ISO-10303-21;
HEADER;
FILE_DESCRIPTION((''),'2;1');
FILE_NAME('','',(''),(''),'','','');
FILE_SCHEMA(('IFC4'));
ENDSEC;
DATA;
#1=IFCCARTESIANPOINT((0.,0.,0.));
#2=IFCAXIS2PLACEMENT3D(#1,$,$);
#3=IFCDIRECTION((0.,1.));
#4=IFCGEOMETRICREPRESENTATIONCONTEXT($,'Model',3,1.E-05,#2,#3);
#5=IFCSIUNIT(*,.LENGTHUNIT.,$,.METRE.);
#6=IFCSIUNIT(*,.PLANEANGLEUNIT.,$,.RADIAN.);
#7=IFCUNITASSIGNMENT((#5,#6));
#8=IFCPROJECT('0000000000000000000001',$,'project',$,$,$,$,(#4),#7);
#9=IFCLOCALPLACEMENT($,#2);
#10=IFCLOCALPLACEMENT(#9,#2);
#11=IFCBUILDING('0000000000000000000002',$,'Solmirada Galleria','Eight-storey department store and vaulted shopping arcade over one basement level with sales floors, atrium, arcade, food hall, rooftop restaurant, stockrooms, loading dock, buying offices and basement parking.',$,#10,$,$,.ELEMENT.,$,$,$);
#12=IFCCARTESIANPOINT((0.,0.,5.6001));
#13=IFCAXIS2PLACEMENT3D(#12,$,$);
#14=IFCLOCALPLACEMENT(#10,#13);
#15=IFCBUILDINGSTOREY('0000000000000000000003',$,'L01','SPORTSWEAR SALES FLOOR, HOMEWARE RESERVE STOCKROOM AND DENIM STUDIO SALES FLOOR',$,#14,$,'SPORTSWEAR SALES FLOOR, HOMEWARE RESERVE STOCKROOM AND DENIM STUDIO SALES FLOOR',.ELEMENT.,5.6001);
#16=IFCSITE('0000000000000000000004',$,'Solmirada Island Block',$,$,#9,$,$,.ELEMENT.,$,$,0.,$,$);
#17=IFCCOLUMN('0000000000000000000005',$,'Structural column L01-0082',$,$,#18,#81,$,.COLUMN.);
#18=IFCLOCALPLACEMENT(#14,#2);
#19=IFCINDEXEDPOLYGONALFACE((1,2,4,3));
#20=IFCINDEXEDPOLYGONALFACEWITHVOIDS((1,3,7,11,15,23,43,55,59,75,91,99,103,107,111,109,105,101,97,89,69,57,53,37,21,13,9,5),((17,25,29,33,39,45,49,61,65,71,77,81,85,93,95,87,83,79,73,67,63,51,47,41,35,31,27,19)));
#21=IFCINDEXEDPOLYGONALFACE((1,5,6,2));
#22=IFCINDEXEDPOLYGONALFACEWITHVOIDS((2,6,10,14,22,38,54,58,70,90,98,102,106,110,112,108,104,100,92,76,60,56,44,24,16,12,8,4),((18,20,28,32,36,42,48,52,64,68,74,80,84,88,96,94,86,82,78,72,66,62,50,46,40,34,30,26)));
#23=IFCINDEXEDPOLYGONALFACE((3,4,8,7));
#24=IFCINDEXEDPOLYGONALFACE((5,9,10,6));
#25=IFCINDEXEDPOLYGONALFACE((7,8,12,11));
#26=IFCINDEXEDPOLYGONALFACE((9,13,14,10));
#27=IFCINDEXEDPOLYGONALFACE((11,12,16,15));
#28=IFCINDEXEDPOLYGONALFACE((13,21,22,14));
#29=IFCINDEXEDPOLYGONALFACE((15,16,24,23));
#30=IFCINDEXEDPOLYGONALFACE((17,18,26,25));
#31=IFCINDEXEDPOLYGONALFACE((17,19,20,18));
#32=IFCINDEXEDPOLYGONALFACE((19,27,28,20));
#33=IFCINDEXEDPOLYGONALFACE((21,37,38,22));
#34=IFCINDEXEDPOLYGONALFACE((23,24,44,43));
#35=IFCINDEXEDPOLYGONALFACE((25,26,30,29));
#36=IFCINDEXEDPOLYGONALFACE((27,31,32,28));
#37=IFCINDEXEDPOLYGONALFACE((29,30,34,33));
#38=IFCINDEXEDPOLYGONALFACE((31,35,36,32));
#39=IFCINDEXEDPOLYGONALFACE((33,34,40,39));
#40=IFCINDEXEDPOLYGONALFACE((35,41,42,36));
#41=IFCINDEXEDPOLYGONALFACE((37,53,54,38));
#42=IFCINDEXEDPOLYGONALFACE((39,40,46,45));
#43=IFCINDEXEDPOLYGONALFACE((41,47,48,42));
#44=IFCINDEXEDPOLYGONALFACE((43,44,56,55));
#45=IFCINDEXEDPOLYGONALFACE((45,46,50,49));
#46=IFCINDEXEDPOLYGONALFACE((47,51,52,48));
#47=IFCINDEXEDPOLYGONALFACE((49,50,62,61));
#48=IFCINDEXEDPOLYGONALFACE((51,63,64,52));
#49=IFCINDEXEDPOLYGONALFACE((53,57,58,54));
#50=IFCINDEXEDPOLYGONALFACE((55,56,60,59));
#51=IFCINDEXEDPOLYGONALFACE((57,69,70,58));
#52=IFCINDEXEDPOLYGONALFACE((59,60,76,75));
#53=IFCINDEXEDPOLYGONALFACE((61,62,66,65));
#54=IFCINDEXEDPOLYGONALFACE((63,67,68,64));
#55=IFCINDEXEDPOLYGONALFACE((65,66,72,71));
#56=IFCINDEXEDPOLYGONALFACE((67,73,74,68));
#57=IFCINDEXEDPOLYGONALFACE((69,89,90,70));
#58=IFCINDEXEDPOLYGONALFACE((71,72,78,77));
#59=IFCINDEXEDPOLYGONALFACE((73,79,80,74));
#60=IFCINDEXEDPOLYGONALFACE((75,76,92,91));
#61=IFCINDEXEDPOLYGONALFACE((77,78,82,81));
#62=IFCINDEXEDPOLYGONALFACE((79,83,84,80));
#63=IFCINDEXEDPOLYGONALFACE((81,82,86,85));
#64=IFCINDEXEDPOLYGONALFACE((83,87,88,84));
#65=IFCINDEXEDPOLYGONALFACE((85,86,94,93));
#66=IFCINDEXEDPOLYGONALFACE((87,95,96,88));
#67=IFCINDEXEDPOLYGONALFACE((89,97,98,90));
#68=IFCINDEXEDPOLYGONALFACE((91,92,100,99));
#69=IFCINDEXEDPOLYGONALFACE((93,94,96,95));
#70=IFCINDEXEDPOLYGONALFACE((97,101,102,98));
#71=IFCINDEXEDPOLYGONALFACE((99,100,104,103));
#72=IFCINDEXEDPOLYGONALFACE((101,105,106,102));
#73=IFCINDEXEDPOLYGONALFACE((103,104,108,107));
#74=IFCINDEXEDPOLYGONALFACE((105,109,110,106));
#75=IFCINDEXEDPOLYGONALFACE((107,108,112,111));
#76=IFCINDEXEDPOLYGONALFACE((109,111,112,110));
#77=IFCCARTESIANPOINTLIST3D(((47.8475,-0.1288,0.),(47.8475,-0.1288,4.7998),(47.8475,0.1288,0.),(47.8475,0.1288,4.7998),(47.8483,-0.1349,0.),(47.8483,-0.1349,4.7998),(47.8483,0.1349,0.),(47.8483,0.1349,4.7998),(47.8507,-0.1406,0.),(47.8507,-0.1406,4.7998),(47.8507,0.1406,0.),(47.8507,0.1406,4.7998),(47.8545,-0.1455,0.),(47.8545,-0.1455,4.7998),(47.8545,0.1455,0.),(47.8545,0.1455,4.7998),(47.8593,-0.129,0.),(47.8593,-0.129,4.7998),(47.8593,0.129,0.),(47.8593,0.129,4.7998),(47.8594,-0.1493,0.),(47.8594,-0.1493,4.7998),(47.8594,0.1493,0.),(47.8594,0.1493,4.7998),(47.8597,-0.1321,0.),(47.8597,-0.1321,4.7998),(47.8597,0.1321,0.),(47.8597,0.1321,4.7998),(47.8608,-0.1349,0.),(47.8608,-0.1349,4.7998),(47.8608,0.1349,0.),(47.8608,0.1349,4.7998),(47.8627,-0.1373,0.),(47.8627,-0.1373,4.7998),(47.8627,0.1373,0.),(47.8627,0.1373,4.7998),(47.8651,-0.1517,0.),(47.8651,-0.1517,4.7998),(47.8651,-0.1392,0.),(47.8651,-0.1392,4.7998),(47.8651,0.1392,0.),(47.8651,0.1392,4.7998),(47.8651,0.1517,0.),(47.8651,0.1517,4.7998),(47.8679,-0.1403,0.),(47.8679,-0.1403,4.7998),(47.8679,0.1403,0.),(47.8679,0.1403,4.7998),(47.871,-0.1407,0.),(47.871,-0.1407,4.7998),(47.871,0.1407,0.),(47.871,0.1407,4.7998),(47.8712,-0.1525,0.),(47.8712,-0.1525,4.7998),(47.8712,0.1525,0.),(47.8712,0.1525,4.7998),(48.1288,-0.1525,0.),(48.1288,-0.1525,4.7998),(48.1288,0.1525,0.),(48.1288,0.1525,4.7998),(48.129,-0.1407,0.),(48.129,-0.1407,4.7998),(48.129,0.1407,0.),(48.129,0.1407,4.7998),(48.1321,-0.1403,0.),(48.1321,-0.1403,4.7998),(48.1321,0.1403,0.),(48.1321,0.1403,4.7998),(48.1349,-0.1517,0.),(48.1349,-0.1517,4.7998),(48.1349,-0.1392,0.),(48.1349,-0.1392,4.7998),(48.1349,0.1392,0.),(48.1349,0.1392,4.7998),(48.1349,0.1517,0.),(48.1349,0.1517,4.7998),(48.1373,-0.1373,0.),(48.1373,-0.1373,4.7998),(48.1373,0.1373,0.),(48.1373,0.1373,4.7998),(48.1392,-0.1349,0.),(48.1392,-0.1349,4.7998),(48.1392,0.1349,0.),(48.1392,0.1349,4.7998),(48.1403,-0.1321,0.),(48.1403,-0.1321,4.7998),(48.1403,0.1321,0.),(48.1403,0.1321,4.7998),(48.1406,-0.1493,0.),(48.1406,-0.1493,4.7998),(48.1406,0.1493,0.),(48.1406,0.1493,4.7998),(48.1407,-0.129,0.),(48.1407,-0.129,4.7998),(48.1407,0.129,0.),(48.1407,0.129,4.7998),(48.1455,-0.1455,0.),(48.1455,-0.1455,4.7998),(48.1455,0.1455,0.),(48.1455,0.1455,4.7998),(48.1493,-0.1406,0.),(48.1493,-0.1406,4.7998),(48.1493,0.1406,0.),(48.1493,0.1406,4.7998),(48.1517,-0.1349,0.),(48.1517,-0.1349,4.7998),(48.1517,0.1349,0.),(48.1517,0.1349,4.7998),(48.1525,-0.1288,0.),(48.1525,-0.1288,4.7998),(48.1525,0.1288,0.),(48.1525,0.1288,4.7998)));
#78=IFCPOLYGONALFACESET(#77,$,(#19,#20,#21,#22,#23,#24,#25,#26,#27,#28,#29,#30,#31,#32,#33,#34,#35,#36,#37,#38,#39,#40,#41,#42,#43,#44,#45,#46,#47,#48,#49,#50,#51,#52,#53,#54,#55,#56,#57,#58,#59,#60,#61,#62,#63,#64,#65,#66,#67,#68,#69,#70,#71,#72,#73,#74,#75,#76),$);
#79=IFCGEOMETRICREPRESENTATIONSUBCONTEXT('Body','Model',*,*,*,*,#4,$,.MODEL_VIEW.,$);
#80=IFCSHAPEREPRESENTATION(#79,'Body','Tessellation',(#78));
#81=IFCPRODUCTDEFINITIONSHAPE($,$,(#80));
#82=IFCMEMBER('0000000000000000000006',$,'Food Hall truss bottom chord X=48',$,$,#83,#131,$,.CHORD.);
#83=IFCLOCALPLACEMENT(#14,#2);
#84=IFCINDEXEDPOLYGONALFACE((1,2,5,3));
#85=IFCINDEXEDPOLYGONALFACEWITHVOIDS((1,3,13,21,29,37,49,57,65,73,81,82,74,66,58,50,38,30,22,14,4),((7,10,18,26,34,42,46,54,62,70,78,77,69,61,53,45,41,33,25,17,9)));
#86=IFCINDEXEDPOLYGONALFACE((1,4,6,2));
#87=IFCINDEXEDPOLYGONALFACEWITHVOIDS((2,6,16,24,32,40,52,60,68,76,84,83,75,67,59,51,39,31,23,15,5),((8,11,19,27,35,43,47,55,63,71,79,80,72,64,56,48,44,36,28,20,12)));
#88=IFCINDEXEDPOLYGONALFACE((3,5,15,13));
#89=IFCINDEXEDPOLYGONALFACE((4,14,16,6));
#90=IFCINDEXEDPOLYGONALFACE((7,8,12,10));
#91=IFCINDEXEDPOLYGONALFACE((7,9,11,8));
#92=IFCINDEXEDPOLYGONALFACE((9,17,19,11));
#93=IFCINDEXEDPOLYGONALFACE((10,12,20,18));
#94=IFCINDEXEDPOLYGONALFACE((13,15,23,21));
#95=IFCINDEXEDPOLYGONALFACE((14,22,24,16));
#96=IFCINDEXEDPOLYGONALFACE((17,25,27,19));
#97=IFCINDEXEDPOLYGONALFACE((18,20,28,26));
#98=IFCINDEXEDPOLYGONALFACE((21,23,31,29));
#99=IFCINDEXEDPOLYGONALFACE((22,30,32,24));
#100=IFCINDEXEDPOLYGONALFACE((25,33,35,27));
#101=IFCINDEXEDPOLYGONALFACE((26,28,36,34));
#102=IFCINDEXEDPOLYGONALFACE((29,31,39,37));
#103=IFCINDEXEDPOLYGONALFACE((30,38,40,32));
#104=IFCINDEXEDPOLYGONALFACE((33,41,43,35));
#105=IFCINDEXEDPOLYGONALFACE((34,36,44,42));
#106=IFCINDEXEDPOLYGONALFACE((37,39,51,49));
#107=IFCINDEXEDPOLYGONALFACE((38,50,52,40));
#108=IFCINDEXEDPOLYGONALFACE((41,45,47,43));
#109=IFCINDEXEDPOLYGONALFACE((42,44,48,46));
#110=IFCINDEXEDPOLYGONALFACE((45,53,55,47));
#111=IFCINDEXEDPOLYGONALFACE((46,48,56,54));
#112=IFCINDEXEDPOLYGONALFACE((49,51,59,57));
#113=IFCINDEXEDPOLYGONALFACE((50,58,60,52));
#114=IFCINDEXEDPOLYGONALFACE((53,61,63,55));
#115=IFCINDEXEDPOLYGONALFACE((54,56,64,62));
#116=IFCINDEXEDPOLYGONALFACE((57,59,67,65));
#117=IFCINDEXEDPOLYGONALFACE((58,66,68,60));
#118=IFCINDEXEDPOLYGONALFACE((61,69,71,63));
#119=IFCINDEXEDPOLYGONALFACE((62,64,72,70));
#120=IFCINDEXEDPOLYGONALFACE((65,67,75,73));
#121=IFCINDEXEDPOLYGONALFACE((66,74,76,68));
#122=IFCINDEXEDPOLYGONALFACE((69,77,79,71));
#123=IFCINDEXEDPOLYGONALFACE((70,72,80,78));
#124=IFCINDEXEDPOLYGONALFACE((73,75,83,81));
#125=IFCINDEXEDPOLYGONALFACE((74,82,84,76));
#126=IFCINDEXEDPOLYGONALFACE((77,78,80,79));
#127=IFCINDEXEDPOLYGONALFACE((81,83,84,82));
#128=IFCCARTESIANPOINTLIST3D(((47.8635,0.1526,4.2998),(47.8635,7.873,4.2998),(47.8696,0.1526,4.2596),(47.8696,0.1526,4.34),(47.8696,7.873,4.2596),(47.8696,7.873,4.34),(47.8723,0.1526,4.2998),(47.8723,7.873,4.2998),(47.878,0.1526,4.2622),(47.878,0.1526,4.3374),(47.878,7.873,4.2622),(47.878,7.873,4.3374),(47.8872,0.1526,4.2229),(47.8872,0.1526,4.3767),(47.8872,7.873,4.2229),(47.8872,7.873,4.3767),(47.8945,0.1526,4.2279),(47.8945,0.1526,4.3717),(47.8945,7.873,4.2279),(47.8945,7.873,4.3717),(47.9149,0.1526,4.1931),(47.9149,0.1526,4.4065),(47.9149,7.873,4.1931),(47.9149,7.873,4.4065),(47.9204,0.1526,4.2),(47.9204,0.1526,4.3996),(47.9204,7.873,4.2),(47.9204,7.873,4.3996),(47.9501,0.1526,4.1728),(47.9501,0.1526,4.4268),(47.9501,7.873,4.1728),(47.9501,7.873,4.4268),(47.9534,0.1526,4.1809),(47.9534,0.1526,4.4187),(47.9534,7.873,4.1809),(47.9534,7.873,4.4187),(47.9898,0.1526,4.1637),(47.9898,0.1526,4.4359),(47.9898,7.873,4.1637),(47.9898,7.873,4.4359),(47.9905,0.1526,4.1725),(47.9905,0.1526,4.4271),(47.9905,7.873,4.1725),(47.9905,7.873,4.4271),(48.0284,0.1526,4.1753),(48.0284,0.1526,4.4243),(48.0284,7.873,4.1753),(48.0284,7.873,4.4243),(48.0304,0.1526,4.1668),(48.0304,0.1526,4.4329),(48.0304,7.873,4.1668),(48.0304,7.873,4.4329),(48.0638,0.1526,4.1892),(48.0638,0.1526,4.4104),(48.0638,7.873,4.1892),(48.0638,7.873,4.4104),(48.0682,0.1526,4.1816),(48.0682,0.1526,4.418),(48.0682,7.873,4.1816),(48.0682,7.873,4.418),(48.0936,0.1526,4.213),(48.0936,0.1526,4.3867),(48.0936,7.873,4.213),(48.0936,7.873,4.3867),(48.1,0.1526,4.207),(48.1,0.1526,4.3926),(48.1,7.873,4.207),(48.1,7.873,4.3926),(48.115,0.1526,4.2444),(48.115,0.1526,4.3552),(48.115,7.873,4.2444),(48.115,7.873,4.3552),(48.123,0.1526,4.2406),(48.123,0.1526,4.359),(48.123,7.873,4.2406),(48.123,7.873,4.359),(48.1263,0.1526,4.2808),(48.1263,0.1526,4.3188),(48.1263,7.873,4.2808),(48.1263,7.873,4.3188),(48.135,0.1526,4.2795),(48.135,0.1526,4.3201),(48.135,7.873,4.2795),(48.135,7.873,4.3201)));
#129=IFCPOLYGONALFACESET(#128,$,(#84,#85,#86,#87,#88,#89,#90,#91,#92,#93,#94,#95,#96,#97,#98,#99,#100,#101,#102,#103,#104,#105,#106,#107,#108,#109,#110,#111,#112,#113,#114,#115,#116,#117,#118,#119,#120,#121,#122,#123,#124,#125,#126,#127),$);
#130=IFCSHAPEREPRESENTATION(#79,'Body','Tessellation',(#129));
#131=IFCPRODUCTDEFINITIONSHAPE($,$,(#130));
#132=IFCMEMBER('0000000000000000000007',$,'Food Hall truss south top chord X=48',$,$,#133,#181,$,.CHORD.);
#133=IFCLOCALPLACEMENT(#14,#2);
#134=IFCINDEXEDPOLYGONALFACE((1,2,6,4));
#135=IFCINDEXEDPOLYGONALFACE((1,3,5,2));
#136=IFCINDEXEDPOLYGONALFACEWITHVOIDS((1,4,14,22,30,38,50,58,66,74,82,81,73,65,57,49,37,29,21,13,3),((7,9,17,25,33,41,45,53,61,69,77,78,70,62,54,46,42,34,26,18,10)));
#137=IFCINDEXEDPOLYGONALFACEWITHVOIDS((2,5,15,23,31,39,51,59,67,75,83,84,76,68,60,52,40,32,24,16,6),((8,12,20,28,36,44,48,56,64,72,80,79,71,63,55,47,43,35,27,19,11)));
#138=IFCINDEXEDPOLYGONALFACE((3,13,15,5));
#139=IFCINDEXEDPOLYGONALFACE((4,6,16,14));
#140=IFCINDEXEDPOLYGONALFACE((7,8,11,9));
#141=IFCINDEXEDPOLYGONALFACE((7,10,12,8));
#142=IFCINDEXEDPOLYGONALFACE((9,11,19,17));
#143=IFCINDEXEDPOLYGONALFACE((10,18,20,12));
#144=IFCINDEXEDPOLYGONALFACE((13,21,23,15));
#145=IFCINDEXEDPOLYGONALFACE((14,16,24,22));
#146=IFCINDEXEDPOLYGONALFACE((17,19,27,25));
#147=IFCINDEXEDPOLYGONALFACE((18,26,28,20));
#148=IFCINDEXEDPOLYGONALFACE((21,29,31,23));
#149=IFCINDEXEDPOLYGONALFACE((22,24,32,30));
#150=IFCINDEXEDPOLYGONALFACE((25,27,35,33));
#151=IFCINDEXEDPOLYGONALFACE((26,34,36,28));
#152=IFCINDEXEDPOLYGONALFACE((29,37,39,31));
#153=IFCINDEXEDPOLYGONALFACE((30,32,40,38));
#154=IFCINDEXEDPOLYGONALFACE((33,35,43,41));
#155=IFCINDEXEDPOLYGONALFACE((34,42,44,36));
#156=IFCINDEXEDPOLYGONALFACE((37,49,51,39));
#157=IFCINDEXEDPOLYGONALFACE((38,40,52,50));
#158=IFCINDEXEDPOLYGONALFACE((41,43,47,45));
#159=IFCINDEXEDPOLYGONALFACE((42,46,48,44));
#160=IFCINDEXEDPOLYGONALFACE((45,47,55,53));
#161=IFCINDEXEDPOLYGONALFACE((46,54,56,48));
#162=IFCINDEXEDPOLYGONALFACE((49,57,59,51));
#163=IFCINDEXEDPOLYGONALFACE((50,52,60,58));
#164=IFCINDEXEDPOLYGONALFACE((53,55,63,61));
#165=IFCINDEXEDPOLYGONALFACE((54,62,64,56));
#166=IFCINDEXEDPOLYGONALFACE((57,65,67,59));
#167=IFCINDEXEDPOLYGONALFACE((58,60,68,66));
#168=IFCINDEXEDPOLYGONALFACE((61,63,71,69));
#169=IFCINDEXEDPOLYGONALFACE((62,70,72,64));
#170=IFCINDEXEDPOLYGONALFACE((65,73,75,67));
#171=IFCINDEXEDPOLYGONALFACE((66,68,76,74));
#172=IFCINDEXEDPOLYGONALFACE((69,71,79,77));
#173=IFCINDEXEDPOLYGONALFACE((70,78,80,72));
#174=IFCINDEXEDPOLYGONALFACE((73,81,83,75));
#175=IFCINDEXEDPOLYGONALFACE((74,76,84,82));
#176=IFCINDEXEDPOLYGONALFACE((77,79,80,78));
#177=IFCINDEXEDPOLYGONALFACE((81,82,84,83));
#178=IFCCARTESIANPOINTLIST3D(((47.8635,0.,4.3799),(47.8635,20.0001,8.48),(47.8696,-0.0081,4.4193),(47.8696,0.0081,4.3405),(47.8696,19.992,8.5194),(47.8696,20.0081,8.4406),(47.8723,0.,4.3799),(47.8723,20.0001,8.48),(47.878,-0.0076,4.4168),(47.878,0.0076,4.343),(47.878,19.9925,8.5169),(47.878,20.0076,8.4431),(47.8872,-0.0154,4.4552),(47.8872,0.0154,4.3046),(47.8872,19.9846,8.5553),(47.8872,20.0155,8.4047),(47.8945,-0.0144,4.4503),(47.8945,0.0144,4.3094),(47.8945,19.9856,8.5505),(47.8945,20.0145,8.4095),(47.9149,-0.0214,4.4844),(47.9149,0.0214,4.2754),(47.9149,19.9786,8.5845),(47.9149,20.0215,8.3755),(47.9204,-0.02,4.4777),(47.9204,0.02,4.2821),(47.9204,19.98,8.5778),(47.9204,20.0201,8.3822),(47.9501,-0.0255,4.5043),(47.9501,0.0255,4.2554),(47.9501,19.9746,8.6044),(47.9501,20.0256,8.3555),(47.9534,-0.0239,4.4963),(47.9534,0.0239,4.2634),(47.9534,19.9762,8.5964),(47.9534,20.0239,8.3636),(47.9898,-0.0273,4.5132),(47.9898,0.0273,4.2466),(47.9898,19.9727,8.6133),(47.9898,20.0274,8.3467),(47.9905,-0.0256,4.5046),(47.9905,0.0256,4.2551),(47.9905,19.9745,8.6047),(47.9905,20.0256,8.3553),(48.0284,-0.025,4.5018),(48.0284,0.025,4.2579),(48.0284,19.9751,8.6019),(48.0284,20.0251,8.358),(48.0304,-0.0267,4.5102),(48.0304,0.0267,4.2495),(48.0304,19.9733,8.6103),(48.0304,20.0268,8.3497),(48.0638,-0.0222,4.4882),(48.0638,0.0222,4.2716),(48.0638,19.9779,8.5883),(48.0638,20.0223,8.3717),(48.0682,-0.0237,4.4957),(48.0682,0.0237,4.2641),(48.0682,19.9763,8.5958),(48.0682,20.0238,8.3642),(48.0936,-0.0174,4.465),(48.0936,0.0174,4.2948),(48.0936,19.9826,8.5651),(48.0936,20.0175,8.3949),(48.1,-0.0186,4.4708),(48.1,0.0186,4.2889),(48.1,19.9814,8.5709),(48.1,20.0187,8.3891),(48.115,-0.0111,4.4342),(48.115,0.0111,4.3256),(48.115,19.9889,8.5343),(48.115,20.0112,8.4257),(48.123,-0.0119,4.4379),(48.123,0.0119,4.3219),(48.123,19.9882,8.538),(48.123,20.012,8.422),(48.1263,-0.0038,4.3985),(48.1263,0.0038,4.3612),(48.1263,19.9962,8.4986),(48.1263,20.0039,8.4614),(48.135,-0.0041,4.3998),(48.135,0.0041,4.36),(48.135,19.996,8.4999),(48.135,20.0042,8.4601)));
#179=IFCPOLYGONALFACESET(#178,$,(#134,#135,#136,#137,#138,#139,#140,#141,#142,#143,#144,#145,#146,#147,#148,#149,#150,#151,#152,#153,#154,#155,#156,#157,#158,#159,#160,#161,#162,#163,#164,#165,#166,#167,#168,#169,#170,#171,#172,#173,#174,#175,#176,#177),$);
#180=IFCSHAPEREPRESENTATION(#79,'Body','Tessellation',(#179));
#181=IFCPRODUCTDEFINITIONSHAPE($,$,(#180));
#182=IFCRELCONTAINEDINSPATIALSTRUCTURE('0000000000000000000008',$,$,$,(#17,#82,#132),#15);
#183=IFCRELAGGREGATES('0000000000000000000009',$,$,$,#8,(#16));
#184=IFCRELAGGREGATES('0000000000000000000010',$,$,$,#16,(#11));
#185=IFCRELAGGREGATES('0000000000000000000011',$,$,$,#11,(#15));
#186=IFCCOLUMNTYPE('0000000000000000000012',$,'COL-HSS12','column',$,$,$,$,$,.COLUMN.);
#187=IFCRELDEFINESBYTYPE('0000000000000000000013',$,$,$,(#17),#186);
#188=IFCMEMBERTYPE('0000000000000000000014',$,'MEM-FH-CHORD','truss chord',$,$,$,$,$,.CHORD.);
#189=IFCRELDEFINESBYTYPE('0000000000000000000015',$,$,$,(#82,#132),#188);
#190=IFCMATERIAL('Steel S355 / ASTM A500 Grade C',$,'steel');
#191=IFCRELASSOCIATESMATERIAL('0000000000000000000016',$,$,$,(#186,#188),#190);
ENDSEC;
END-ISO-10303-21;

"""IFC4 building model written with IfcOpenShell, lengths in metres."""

from ifc_helpers import new_model, si_unit, direction, frame, origin, origin_2d, place, context, subcontext, project, spatial, hollow_rectangle, hollow_circle, extrude, material, material_profile, profile_set, type_object, element, save


model = new_model("IFC4")

# Units and contexts
model_context = context("Model", 3, precision=1e-05, world=origin(), true_north=direction((0.0, 1.0)))
body_context = subcontext(model_context, "Body", "Model", "MODEL_VIEW")
ifc_project = project(units=[si_unit("LENGTHUNIT", "METRE"), si_unit("PLANEANGLEUNIT", "RADIAN")], contexts=[model_context])

# Site, building, storey
site_placement = place(None, origin())
site = spatial("IfcSite", under=ifc_project, at=site_placement, Name="Solmirada Island Block", CompositionType="ELEMENT", RefElevation=0.0)
building_placement = place(site_placement, origin())
building = spatial("IfcBuilding", under=site, at=building_placement, Name="Solmirada Galleria", Description="Eight-storey department store and vaulted shopping arcade over one basement level with sales floors, atrium, arcade, food hall, rooftop restaurant, stockrooms, loading dock, buying offices and basement parking.", CompositionType="ELEMENT")
storey_placement = place(building_placement, frame((0.0, 0.0, 5.6001)))
storey = spatial("IfcBuildingStorey", under=building, at=storey_placement, Name="L01", Description="SPORTSWEAR SALES FLOOR, HOMEWARE RESERVE STOCKROOM AND DENIM STUDIO SALES FLOOR", LongName="SPORTSWEAR SALES FLOOR, HOMEWARE RESERVE STOCKROOM AND DENIM STUDIO SALES FLOOR", CompositionType="ELEMENT", Elevation=5.6001)

# Column
ifc_material_1 = material(Name="Steel S355 / ASTM A500 Grade C", Category="steel")
ifc_material_profile_1 = material_profile(ifc_material_1, hollow_rectangle(XDim=0.3049, YDim=0.3049, WallThickness=0.0117, InnerFilletRadius=0.0117, OuterFilletRadius=0.0237, at=origin_2d()), Name="HSS12X12X1/2")
ifc_profile_set_1 = profile_set([ifc_material_profile_1], Name="Steel S355 / ASTM A500 Grade C")
column_type = type_object("IfcColumnType", Name="COL-HSS12", Description="column", PredefinedType="COLUMN", material=ifc_profile_set_1)
column_placement = place(storey_placement, frame((48.0, 0.0, 0.0), z_axis=(0.0, 0.0, 1.0), x_axis=(1.0, 0.0, 0.0)))
element("IfcColumn", 1, at=column_placement, inside=storey, type_object=column_type, Name="Structural column L01-0082", PredefinedType="COLUMN", context=body_context, shape_type="SweptSolid", body=[
    extrude(hollow_rectangle(XDim=0.3049, YDim=0.3049, WallThickness=0.0117, InnerFilletRadius=0.0117, OuterFilletRadius=0.0237, at=origin_2d()), origin(), (0.0, 0.0, 1.0), 4.7998),
])

# Members
ifc_material_profile_2 = material_profile(ifc_material_1, hollow_circle(Radius=0.1365, WallThickness=0.0088, at=origin_2d()), Name="HSS10.750X0.375")
ifc_profile_set_2 = profile_set([ifc_material_profile_2], Name="Steel S355 / ASTM A500 Grade C")
member_type_1 = type_object("IfcMemberType", Name="MEM-FH-CHORD", Description="truss chord", PredefinedType="CHORD", material=ifc_profile_set_2)
member_1_placement = place(storey_placement, frame((48.0, 0.1526, 4.2998), z_axis=(0.0, 1.0, 0.0), x_axis=(-1.0, 0.0, 0.0)))
element("IfcMember", 2, at=member_1_placement, inside=storey, type_object=member_type_1, Name="Food Hall truss bottom chord X=48", PredefinedType="CHORD", context=body_context, shape_type="SweptSolid", body=[
    extrude(hollow_circle(Radius=0.1365, WallThickness=0.0088, at=origin_2d()), origin(), (0.0, 0.0, 1.0), 7.7205),
])
member_2_placement = place(storey_placement, frame((48.0, 0.0, 4.3799), z_axis=(0.0, 0.979626, 0.200828), x_axis=(-1.0, 0.0, 0.0)))
element("IfcMember", 3, at=member_2_placement, inside=storey, type_object=member_type_1, Name="Food Hall truss south top chord X=48", PredefinedType="CHORD", context=body_context, shape_type="SweptSolid", body=[
    extrude(hollow_circle(Radius=0.1365, WallThickness=0.0088, at=origin_2d()), origin(), (0.0, 0.0, 1.0), 20.416),
])

save(model, "model.ifc")
